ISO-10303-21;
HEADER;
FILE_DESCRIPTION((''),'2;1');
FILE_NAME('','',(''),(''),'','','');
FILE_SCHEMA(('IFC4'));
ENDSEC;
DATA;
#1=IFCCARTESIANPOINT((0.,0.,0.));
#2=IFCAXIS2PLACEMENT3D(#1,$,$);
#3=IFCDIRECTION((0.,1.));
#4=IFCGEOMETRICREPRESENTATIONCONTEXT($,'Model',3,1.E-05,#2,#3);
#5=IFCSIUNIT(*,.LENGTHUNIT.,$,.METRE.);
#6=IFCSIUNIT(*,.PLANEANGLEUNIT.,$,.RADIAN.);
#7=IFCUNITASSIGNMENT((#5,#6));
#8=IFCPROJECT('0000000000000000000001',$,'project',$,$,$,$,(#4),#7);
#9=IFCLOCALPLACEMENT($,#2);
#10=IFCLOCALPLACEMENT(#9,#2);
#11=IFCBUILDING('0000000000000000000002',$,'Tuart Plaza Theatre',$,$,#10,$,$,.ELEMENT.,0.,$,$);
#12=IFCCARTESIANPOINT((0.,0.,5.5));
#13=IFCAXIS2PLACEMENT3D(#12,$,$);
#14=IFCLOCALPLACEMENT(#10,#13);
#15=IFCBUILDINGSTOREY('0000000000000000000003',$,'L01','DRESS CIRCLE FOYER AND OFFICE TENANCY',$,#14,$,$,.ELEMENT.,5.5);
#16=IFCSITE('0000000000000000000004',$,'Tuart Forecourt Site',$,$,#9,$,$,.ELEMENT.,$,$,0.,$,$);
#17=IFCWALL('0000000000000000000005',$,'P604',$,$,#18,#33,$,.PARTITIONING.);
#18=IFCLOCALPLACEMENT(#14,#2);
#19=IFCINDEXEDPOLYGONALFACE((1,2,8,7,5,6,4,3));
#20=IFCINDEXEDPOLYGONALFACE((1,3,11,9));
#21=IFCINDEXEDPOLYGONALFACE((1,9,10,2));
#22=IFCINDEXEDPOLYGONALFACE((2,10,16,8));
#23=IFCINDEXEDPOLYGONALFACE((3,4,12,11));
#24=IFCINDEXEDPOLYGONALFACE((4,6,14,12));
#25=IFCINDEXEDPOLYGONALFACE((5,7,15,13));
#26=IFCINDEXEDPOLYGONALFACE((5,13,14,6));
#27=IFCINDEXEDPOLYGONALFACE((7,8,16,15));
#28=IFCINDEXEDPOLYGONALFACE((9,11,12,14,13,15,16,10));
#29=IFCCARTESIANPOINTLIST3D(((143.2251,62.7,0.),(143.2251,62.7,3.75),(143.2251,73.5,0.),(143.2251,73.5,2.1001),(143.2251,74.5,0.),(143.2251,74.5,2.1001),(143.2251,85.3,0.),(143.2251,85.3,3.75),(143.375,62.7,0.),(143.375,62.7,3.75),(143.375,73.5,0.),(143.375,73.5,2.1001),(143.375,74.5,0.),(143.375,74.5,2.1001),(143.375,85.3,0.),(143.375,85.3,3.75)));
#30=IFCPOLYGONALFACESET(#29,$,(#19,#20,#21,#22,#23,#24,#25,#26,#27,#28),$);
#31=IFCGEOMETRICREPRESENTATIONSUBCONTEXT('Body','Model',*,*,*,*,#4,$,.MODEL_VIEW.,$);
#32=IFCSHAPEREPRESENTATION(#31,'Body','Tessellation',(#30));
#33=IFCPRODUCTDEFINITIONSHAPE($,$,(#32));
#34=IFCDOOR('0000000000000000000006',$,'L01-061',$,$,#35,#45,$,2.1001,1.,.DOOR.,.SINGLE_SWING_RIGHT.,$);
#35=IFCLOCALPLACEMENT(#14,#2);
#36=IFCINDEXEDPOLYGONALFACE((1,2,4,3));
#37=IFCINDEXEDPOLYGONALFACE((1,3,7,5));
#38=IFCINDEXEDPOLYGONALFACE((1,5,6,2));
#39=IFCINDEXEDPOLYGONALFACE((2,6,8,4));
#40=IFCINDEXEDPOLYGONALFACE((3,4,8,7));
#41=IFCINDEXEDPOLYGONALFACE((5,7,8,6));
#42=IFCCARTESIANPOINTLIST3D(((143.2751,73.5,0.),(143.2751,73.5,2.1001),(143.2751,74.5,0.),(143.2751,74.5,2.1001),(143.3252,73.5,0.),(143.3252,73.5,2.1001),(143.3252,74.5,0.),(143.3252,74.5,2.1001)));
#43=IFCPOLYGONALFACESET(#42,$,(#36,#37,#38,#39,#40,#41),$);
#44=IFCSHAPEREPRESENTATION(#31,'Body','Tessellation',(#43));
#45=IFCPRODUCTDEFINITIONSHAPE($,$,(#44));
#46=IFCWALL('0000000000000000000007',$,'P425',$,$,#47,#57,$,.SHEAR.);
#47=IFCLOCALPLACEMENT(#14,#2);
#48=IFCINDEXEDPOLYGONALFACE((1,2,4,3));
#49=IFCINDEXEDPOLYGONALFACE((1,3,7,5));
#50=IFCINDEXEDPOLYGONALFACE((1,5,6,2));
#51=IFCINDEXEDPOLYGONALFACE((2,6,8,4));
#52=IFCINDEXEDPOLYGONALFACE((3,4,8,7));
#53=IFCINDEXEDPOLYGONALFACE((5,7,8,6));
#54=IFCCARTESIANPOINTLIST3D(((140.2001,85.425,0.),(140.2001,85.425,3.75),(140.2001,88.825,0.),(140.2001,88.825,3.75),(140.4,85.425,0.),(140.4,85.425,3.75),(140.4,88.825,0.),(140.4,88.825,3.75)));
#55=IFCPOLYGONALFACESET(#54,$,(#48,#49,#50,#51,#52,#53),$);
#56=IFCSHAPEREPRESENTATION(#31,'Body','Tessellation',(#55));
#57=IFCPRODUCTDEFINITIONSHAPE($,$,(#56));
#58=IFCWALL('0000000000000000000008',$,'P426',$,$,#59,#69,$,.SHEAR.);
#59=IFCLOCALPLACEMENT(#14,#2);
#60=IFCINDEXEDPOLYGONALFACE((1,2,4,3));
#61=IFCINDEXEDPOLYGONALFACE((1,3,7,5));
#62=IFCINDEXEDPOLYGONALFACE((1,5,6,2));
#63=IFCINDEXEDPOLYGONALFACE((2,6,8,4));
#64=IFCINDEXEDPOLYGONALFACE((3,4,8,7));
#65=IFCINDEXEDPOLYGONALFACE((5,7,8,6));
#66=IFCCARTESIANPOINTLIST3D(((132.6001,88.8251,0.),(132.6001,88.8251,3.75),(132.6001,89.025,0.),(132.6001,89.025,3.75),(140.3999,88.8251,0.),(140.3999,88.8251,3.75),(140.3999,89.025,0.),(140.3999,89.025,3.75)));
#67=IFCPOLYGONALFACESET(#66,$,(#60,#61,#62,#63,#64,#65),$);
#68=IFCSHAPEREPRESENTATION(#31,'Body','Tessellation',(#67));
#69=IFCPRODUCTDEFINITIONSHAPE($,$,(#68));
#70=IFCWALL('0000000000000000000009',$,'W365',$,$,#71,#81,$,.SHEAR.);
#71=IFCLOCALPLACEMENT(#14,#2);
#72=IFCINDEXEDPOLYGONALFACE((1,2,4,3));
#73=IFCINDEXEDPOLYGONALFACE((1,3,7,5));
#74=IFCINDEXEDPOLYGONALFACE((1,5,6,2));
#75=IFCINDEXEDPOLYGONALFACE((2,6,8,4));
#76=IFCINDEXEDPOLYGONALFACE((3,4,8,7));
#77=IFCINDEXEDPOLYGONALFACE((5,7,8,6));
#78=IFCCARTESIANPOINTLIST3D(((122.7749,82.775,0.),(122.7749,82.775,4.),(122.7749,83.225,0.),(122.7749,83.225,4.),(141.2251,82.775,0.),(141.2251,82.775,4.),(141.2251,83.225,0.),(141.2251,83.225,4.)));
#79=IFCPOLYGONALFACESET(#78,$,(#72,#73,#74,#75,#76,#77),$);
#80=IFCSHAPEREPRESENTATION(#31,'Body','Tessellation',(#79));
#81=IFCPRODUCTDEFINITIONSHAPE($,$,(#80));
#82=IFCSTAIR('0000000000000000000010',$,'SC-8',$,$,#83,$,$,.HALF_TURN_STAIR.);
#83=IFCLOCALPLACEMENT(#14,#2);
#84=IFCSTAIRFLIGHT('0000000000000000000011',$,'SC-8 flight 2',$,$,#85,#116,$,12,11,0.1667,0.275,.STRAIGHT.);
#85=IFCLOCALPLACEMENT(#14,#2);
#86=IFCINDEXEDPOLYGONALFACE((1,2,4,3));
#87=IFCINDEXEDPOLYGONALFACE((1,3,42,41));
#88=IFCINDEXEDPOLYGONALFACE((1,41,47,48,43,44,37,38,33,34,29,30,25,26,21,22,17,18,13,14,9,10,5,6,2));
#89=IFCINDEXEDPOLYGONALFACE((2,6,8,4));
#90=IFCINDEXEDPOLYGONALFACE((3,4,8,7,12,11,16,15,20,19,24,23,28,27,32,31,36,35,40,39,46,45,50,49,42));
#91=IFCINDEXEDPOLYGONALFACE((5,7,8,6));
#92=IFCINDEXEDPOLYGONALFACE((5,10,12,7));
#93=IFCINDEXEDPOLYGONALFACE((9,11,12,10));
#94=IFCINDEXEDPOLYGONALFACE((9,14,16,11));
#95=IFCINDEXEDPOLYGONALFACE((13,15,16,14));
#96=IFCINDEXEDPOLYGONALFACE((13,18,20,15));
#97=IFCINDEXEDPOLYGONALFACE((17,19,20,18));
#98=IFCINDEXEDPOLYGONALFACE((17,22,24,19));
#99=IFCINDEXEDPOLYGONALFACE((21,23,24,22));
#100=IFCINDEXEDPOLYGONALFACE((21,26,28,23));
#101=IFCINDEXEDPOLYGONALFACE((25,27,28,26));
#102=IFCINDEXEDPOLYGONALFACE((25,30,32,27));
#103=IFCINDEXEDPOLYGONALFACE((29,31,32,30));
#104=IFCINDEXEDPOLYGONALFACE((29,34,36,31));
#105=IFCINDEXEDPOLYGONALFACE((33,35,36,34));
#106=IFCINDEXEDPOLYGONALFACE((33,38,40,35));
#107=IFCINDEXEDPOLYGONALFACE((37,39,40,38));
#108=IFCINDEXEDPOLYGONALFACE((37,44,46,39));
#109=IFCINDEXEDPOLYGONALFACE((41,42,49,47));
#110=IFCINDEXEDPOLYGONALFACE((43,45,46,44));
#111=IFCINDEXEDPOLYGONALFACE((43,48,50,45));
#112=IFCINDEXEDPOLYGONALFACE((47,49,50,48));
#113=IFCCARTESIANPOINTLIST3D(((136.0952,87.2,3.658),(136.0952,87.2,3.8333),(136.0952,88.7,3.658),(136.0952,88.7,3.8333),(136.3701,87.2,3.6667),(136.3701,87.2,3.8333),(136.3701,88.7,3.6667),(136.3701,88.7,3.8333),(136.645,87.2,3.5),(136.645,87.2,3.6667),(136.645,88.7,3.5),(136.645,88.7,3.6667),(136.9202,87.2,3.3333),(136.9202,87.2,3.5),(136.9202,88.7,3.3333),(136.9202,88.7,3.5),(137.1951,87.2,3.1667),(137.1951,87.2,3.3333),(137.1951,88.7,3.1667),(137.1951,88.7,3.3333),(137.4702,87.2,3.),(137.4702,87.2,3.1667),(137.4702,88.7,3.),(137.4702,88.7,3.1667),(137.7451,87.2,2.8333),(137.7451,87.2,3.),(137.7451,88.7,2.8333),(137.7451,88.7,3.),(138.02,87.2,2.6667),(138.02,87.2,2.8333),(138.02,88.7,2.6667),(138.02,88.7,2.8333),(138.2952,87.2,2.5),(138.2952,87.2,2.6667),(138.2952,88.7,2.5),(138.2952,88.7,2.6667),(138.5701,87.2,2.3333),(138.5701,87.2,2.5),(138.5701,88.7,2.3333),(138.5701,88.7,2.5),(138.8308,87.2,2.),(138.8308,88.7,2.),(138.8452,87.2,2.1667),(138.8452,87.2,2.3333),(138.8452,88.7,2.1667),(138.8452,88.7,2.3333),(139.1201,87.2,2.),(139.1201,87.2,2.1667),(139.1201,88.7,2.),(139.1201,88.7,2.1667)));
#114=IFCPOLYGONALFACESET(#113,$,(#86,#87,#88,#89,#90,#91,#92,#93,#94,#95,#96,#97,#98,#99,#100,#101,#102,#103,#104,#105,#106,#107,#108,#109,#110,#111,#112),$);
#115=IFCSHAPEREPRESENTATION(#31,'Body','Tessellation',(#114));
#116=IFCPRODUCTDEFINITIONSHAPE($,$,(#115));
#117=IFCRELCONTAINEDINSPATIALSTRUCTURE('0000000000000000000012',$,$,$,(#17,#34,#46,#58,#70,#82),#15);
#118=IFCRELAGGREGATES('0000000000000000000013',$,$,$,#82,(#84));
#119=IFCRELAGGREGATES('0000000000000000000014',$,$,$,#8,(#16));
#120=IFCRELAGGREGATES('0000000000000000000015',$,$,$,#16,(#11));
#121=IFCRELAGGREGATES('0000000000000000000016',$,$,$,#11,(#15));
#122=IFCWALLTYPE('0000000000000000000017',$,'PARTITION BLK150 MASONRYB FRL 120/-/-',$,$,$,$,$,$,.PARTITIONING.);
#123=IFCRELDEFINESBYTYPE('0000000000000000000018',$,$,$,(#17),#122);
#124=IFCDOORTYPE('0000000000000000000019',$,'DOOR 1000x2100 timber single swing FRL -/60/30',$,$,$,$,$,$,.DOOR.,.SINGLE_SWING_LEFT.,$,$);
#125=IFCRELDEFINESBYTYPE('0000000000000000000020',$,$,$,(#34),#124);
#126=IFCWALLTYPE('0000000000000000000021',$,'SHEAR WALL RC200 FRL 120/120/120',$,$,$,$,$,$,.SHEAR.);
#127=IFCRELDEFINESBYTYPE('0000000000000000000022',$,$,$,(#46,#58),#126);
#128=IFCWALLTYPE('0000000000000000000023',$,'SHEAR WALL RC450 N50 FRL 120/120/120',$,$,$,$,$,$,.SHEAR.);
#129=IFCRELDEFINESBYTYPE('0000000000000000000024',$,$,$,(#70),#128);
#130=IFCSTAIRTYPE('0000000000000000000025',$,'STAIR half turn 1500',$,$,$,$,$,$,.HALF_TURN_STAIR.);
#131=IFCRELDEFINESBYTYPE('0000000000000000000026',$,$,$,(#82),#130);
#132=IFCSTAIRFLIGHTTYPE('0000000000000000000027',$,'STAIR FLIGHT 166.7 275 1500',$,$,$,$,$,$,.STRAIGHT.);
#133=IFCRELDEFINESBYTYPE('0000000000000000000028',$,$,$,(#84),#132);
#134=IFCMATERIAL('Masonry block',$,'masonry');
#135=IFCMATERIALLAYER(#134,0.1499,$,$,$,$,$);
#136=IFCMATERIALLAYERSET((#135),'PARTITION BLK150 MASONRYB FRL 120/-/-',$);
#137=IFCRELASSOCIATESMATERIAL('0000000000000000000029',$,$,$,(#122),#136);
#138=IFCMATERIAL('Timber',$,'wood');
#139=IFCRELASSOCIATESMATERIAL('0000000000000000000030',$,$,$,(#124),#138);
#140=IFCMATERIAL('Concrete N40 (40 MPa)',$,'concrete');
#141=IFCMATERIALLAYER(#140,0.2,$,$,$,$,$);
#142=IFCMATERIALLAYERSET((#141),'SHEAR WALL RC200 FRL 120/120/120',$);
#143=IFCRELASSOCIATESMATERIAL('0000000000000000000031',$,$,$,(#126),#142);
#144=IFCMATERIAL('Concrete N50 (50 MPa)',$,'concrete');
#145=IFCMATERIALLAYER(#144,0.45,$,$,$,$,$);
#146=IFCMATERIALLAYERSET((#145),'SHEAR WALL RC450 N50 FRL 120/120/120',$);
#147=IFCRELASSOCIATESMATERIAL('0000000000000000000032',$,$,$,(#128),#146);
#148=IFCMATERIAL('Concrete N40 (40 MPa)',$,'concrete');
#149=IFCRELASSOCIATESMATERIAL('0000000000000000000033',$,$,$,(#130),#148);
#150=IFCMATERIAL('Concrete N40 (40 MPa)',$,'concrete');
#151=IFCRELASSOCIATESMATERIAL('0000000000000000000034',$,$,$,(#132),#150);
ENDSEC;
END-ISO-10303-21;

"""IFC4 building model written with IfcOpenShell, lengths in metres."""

from ifc_helpers import new_model, si_unit, direction, frame, frame_2d, origin, place, context, subcontext, project, spatial, polyline, rectangle, outline, extrude, material, layer, layer_set, type_object, element, fill, aggregate, save


model = new_model("IFC4")

# Units and contexts
model_context = context("Model", 3, precision=1e-05, world=origin(), true_north=direction((0.0, 1.0)))
body_context = subcontext(model_context, "Body", "Model", "MODEL_VIEW")
ifc_project = project(units=[si_unit("LENGTHUNIT", "METRE"), si_unit("PLANEANGLEUNIT", "RADIAN")], contexts=[model_context])

# Site, building, storey
site_placement = place(None, origin())
site = spatial("IfcSite", under=ifc_project, at=site_placement, Name="Tuart Forecourt Site", CompositionType="ELEMENT", RefElevation=0.0)
building_placement = place(site_placement, origin())
building = spatial("IfcBuilding", under=site, at=building_placement, Name="Tuart Plaza Theatre", CompositionType="ELEMENT", ElevationOfRefHeight=0.0)
storey_placement = place(building_placement, frame((0.0, 0.0, 5.5)))
storey = spatial("IfcBuildingStorey", under=building, at=storey_placement, Name="L01", Description="DRESS CIRCLE FOYER AND OFFICE TENANCY", CompositionType="ELEMENT", Elevation=5.5)

# Shared definitions
ifc_material_1 = material(Name="Masonry block", Category="masonry")
ifc_layer_1 = layer(ifc_material_1, 0.1499)
ifc_layer_set_1 = layer_set([ifc_layer_1], Name="PARTITION BLK150 MASONRYB FRL 120/-/-")
wall_type_1 = type_object("IfcWallType", Name="PARTITION BLK150 MASONRYB FRL 120/-/-", PredefinedType="PARTITIONING", material=ifc_layer_set_1)

# Wall, opening, door
wall_1_placement = place(storey_placement, frame((143.3, 85.3, 0.0), z_axis=(0.0, 0.0, 1.0), x_axis=(0.0, -1.0, 0.0)))
wall_1 = element("IfcWall", 1, at=wall_1_placement, inside=storey, type_object=wall_type_1, Name="P604", PredefinedType="PARTITIONING", context=body_context, shape_type="SweptSolid", body=[
    extrude(rectangle(XDim=22.6001, YDim=0.1499, at=frame_2d((11.3, 0.0))), origin(), (0.0, 0.0, 1.0), 3.75),
])
opening_1_placement = place(wall_1_placement, frame((10.8, 0.0, 0.0)))
opening_1 = element("IfcOpeningElement", 2, at=opening_1_placement, cuts=wall_1, PredefinedType="OPENING", context=body_context, shape_type="SweptSolid", body=[
    extrude(rectangle(XDim=1.0, YDim=2.1001, at=frame_2d((0.5, 1.05))), frame((0.0, 0.085, 0.0), z_axis=(0.0, -1.0, 0.0), x_axis=(1.0, 0.0, 0.0)), (0.0, 0.0, 1.0), 0.1699),
])
ifc_material_2 = material(Name="Timber", Category="wood")
door_type_1 = type_object("IfcDoorType", Name="DOOR 1000x2100 timber single swing FRL -/60/30", OperationType="SINGLE_SWING_LEFT", PredefinedType="DOOR", material=ifc_material_2)
door_1_placement = place(opening_1_placement, frame((1.0, 0.0, 0.0), z_axis=(0.0, 0.0, 1.0), x_axis=(-1.0, 0.0, 0.0)))
door_1 = element("IfcDoor", 3, at=door_1_placement, inside=storey, type_object=door_type_1, Name="L01-061", OperationType="SINGLE_SWING_RIGHT", OverallHeight=2.1001, OverallWidth=1.0, PredefinedType="DOOR", context=body_context, shape_type="SweptSolid", body=[
    extrude(rectangle(XDim=1.0, YDim=2.1001, at=frame_2d((0.5, 1.05))), frame((0.0, 0.0249, 0.0), z_axis=(0.0, -1.0, 0.0), x_axis=(1.0, 0.0, 0.0)), (0.0, 0.0, 1.0), 0.05),
])
fill(opening_1, door_1)

# Walls
ifc_material_3 = material(Name="Concrete N40 (40 MPa)", Category="concrete")
ifc_layer_2 = layer(ifc_material_3, 0.2)
ifc_layer_set_2 = layer_set([ifc_layer_2], Name="SHEAR WALL RC200 FRL 120/120/120")
wall_type_2 = type_object("IfcWallType", Name="SHEAR WALL RC200 FRL 120/120/120", PredefinedType="SHEAR", material=ifc_layer_set_2)
wall_2_placement = place(storey_placement, frame((140.3, 85.425, 0.0), z_axis=(0.0, 0.0, 1.0), x_axis=(0.0, 1.0, 0.0)))
element("IfcWall", 4, at=wall_2_placement, inside=storey, type_object=wall_type_2, Name="P425", PredefinedType="SHEAR", context=body_context, shape_type="SweptSolid", body=[
    extrude(rectangle(XDim=3.3999, YDim=0.2, at=frame_2d((1.7, 0.0))), origin(), (0.0, 0.0, 1.0), 3.75),
])
wall_3_placement = place(storey_placement, frame((140.3999, 88.925, 0.0), z_axis=(0.0, 0.0, 1.0), x_axis=(-1.0, 0.0, 0.0)))
element("IfcWall", 5, at=wall_3_placement, inside=storey, type_object=wall_type_2, Name="P426", PredefinedType="SHEAR", context=body_context, shape_type="SweptSolid", body=[
    extrude(rectangle(XDim=7.7998, YDim=0.2, at=frame_2d((3.8999, 0.0))), origin(), (0.0, 0.0, 1.0), 3.75),
])
ifc_material_4 = material(Name="Concrete N50 (50 MPa)", Category="concrete")
ifc_layer_3 = layer(ifc_material_4, 0.45)
ifc_layer_set_3 = layer_set([ifc_layer_3], Name="SHEAR WALL RC450 N50 FRL 120/120/120")
wall_type_3 = type_object("IfcWallType", Name="SHEAR WALL RC450 N50 FRL 120/120/120", PredefinedType="SHEAR", material=ifc_layer_set_3)
wall_4_placement = place(storey_placement, frame((141.2251, 83.0, 0.0), z_axis=(0.0, 0.0, 1.0), x_axis=(-1.0, 0.0, 0.0)))
element("IfcWall", 6, at=wall_4_placement, inside=storey, type_object=wall_type_3, Name="W365", PredefinedType="SHEAR", context=body_context, shape_type="SweptSolid", body=[
    extrude(rectangle(XDim=18.4502, YDim=0.45, at=frame_2d((9.2251, 0.0))), origin(), (0.0, 0.0, 1.0), 4.0),
])

# Stair, stair flight
ifc_material_5 = material(Name="Concrete N40 (40 MPa)", Category="concrete")
stair_type = type_object("IfcStairType", Name="STAIR half turn 1500", PredefinedType="HALF_TURN_STAIR", material=ifc_material_5)
stair_placement = place(storey_placement, origin())
stair = element("IfcStair", 7, at=stair_placement, inside=storey, type_object=stair_type, Name="SC-8", PredefinedType="HALF_TURN_STAIR")
ifc_material_6 = material(Name="Concrete N40 (40 MPa)", Category="concrete")
stair_flight_type = type_object("IfcStairFlightType", Name="STAIR FLIGHT 166.7 275 1500", PredefinedType="STRAIGHT", material=ifc_material_6)
stair_flight_placement = place(storey_placement, frame((139.1201, 87.95, 2.0), z_axis=(0.0, 0.0, 1.0), x_axis=(-1.0, 0.0, 0.0)))
stair_flight = element("IfcStairFlight", 8, at=stair_flight_placement, type_object=stair_flight_type, Name="SC-8 flight 2", NumberOfRisers=12, NumberOfTreads=11, PredefinedType="STRAIGHT", RiserHeight=0.1667, TreadLength=0.275, context=body_context, shape_type="SweptSolid", body=[
    extrude(outline(polyline([(0.0, 0.0), (0.0, 0.1667), (0.2749, 0.1667), (0.2749, 0.3333), (0.55, 0.3333), (0.55, 0.5), (0.825, 0.5), (0.825, 0.6667), (1.1001, 0.6667), (1.1001, 0.8333), (1.375, 0.8333), (1.375, 1.0), (1.6499, 1.0), (1.6499, 1.1667), (1.925, 1.1667), (1.925, 1.3333), (2.2, 1.3333), (2.2, 1.5), (2.4751, 1.5), (2.4751, 1.6667), (2.75, 1.6667), (2.75, 1.8333), (3.0249, 1.8333), (3.0249, 2.0), (3.0249, 1.658), (0.2893, 0.0), (0.0, 0.0)])), frame((0.0, 0.75, 0.0), z_axis=(0.0, -1.0, 0.0), x_axis=(1.0, 0.0, 0.0)), (0.0, 0.0, 1.0), 1.5),
])
aggregate(stair, [stair_flight])

save(model, "model.ifc")
